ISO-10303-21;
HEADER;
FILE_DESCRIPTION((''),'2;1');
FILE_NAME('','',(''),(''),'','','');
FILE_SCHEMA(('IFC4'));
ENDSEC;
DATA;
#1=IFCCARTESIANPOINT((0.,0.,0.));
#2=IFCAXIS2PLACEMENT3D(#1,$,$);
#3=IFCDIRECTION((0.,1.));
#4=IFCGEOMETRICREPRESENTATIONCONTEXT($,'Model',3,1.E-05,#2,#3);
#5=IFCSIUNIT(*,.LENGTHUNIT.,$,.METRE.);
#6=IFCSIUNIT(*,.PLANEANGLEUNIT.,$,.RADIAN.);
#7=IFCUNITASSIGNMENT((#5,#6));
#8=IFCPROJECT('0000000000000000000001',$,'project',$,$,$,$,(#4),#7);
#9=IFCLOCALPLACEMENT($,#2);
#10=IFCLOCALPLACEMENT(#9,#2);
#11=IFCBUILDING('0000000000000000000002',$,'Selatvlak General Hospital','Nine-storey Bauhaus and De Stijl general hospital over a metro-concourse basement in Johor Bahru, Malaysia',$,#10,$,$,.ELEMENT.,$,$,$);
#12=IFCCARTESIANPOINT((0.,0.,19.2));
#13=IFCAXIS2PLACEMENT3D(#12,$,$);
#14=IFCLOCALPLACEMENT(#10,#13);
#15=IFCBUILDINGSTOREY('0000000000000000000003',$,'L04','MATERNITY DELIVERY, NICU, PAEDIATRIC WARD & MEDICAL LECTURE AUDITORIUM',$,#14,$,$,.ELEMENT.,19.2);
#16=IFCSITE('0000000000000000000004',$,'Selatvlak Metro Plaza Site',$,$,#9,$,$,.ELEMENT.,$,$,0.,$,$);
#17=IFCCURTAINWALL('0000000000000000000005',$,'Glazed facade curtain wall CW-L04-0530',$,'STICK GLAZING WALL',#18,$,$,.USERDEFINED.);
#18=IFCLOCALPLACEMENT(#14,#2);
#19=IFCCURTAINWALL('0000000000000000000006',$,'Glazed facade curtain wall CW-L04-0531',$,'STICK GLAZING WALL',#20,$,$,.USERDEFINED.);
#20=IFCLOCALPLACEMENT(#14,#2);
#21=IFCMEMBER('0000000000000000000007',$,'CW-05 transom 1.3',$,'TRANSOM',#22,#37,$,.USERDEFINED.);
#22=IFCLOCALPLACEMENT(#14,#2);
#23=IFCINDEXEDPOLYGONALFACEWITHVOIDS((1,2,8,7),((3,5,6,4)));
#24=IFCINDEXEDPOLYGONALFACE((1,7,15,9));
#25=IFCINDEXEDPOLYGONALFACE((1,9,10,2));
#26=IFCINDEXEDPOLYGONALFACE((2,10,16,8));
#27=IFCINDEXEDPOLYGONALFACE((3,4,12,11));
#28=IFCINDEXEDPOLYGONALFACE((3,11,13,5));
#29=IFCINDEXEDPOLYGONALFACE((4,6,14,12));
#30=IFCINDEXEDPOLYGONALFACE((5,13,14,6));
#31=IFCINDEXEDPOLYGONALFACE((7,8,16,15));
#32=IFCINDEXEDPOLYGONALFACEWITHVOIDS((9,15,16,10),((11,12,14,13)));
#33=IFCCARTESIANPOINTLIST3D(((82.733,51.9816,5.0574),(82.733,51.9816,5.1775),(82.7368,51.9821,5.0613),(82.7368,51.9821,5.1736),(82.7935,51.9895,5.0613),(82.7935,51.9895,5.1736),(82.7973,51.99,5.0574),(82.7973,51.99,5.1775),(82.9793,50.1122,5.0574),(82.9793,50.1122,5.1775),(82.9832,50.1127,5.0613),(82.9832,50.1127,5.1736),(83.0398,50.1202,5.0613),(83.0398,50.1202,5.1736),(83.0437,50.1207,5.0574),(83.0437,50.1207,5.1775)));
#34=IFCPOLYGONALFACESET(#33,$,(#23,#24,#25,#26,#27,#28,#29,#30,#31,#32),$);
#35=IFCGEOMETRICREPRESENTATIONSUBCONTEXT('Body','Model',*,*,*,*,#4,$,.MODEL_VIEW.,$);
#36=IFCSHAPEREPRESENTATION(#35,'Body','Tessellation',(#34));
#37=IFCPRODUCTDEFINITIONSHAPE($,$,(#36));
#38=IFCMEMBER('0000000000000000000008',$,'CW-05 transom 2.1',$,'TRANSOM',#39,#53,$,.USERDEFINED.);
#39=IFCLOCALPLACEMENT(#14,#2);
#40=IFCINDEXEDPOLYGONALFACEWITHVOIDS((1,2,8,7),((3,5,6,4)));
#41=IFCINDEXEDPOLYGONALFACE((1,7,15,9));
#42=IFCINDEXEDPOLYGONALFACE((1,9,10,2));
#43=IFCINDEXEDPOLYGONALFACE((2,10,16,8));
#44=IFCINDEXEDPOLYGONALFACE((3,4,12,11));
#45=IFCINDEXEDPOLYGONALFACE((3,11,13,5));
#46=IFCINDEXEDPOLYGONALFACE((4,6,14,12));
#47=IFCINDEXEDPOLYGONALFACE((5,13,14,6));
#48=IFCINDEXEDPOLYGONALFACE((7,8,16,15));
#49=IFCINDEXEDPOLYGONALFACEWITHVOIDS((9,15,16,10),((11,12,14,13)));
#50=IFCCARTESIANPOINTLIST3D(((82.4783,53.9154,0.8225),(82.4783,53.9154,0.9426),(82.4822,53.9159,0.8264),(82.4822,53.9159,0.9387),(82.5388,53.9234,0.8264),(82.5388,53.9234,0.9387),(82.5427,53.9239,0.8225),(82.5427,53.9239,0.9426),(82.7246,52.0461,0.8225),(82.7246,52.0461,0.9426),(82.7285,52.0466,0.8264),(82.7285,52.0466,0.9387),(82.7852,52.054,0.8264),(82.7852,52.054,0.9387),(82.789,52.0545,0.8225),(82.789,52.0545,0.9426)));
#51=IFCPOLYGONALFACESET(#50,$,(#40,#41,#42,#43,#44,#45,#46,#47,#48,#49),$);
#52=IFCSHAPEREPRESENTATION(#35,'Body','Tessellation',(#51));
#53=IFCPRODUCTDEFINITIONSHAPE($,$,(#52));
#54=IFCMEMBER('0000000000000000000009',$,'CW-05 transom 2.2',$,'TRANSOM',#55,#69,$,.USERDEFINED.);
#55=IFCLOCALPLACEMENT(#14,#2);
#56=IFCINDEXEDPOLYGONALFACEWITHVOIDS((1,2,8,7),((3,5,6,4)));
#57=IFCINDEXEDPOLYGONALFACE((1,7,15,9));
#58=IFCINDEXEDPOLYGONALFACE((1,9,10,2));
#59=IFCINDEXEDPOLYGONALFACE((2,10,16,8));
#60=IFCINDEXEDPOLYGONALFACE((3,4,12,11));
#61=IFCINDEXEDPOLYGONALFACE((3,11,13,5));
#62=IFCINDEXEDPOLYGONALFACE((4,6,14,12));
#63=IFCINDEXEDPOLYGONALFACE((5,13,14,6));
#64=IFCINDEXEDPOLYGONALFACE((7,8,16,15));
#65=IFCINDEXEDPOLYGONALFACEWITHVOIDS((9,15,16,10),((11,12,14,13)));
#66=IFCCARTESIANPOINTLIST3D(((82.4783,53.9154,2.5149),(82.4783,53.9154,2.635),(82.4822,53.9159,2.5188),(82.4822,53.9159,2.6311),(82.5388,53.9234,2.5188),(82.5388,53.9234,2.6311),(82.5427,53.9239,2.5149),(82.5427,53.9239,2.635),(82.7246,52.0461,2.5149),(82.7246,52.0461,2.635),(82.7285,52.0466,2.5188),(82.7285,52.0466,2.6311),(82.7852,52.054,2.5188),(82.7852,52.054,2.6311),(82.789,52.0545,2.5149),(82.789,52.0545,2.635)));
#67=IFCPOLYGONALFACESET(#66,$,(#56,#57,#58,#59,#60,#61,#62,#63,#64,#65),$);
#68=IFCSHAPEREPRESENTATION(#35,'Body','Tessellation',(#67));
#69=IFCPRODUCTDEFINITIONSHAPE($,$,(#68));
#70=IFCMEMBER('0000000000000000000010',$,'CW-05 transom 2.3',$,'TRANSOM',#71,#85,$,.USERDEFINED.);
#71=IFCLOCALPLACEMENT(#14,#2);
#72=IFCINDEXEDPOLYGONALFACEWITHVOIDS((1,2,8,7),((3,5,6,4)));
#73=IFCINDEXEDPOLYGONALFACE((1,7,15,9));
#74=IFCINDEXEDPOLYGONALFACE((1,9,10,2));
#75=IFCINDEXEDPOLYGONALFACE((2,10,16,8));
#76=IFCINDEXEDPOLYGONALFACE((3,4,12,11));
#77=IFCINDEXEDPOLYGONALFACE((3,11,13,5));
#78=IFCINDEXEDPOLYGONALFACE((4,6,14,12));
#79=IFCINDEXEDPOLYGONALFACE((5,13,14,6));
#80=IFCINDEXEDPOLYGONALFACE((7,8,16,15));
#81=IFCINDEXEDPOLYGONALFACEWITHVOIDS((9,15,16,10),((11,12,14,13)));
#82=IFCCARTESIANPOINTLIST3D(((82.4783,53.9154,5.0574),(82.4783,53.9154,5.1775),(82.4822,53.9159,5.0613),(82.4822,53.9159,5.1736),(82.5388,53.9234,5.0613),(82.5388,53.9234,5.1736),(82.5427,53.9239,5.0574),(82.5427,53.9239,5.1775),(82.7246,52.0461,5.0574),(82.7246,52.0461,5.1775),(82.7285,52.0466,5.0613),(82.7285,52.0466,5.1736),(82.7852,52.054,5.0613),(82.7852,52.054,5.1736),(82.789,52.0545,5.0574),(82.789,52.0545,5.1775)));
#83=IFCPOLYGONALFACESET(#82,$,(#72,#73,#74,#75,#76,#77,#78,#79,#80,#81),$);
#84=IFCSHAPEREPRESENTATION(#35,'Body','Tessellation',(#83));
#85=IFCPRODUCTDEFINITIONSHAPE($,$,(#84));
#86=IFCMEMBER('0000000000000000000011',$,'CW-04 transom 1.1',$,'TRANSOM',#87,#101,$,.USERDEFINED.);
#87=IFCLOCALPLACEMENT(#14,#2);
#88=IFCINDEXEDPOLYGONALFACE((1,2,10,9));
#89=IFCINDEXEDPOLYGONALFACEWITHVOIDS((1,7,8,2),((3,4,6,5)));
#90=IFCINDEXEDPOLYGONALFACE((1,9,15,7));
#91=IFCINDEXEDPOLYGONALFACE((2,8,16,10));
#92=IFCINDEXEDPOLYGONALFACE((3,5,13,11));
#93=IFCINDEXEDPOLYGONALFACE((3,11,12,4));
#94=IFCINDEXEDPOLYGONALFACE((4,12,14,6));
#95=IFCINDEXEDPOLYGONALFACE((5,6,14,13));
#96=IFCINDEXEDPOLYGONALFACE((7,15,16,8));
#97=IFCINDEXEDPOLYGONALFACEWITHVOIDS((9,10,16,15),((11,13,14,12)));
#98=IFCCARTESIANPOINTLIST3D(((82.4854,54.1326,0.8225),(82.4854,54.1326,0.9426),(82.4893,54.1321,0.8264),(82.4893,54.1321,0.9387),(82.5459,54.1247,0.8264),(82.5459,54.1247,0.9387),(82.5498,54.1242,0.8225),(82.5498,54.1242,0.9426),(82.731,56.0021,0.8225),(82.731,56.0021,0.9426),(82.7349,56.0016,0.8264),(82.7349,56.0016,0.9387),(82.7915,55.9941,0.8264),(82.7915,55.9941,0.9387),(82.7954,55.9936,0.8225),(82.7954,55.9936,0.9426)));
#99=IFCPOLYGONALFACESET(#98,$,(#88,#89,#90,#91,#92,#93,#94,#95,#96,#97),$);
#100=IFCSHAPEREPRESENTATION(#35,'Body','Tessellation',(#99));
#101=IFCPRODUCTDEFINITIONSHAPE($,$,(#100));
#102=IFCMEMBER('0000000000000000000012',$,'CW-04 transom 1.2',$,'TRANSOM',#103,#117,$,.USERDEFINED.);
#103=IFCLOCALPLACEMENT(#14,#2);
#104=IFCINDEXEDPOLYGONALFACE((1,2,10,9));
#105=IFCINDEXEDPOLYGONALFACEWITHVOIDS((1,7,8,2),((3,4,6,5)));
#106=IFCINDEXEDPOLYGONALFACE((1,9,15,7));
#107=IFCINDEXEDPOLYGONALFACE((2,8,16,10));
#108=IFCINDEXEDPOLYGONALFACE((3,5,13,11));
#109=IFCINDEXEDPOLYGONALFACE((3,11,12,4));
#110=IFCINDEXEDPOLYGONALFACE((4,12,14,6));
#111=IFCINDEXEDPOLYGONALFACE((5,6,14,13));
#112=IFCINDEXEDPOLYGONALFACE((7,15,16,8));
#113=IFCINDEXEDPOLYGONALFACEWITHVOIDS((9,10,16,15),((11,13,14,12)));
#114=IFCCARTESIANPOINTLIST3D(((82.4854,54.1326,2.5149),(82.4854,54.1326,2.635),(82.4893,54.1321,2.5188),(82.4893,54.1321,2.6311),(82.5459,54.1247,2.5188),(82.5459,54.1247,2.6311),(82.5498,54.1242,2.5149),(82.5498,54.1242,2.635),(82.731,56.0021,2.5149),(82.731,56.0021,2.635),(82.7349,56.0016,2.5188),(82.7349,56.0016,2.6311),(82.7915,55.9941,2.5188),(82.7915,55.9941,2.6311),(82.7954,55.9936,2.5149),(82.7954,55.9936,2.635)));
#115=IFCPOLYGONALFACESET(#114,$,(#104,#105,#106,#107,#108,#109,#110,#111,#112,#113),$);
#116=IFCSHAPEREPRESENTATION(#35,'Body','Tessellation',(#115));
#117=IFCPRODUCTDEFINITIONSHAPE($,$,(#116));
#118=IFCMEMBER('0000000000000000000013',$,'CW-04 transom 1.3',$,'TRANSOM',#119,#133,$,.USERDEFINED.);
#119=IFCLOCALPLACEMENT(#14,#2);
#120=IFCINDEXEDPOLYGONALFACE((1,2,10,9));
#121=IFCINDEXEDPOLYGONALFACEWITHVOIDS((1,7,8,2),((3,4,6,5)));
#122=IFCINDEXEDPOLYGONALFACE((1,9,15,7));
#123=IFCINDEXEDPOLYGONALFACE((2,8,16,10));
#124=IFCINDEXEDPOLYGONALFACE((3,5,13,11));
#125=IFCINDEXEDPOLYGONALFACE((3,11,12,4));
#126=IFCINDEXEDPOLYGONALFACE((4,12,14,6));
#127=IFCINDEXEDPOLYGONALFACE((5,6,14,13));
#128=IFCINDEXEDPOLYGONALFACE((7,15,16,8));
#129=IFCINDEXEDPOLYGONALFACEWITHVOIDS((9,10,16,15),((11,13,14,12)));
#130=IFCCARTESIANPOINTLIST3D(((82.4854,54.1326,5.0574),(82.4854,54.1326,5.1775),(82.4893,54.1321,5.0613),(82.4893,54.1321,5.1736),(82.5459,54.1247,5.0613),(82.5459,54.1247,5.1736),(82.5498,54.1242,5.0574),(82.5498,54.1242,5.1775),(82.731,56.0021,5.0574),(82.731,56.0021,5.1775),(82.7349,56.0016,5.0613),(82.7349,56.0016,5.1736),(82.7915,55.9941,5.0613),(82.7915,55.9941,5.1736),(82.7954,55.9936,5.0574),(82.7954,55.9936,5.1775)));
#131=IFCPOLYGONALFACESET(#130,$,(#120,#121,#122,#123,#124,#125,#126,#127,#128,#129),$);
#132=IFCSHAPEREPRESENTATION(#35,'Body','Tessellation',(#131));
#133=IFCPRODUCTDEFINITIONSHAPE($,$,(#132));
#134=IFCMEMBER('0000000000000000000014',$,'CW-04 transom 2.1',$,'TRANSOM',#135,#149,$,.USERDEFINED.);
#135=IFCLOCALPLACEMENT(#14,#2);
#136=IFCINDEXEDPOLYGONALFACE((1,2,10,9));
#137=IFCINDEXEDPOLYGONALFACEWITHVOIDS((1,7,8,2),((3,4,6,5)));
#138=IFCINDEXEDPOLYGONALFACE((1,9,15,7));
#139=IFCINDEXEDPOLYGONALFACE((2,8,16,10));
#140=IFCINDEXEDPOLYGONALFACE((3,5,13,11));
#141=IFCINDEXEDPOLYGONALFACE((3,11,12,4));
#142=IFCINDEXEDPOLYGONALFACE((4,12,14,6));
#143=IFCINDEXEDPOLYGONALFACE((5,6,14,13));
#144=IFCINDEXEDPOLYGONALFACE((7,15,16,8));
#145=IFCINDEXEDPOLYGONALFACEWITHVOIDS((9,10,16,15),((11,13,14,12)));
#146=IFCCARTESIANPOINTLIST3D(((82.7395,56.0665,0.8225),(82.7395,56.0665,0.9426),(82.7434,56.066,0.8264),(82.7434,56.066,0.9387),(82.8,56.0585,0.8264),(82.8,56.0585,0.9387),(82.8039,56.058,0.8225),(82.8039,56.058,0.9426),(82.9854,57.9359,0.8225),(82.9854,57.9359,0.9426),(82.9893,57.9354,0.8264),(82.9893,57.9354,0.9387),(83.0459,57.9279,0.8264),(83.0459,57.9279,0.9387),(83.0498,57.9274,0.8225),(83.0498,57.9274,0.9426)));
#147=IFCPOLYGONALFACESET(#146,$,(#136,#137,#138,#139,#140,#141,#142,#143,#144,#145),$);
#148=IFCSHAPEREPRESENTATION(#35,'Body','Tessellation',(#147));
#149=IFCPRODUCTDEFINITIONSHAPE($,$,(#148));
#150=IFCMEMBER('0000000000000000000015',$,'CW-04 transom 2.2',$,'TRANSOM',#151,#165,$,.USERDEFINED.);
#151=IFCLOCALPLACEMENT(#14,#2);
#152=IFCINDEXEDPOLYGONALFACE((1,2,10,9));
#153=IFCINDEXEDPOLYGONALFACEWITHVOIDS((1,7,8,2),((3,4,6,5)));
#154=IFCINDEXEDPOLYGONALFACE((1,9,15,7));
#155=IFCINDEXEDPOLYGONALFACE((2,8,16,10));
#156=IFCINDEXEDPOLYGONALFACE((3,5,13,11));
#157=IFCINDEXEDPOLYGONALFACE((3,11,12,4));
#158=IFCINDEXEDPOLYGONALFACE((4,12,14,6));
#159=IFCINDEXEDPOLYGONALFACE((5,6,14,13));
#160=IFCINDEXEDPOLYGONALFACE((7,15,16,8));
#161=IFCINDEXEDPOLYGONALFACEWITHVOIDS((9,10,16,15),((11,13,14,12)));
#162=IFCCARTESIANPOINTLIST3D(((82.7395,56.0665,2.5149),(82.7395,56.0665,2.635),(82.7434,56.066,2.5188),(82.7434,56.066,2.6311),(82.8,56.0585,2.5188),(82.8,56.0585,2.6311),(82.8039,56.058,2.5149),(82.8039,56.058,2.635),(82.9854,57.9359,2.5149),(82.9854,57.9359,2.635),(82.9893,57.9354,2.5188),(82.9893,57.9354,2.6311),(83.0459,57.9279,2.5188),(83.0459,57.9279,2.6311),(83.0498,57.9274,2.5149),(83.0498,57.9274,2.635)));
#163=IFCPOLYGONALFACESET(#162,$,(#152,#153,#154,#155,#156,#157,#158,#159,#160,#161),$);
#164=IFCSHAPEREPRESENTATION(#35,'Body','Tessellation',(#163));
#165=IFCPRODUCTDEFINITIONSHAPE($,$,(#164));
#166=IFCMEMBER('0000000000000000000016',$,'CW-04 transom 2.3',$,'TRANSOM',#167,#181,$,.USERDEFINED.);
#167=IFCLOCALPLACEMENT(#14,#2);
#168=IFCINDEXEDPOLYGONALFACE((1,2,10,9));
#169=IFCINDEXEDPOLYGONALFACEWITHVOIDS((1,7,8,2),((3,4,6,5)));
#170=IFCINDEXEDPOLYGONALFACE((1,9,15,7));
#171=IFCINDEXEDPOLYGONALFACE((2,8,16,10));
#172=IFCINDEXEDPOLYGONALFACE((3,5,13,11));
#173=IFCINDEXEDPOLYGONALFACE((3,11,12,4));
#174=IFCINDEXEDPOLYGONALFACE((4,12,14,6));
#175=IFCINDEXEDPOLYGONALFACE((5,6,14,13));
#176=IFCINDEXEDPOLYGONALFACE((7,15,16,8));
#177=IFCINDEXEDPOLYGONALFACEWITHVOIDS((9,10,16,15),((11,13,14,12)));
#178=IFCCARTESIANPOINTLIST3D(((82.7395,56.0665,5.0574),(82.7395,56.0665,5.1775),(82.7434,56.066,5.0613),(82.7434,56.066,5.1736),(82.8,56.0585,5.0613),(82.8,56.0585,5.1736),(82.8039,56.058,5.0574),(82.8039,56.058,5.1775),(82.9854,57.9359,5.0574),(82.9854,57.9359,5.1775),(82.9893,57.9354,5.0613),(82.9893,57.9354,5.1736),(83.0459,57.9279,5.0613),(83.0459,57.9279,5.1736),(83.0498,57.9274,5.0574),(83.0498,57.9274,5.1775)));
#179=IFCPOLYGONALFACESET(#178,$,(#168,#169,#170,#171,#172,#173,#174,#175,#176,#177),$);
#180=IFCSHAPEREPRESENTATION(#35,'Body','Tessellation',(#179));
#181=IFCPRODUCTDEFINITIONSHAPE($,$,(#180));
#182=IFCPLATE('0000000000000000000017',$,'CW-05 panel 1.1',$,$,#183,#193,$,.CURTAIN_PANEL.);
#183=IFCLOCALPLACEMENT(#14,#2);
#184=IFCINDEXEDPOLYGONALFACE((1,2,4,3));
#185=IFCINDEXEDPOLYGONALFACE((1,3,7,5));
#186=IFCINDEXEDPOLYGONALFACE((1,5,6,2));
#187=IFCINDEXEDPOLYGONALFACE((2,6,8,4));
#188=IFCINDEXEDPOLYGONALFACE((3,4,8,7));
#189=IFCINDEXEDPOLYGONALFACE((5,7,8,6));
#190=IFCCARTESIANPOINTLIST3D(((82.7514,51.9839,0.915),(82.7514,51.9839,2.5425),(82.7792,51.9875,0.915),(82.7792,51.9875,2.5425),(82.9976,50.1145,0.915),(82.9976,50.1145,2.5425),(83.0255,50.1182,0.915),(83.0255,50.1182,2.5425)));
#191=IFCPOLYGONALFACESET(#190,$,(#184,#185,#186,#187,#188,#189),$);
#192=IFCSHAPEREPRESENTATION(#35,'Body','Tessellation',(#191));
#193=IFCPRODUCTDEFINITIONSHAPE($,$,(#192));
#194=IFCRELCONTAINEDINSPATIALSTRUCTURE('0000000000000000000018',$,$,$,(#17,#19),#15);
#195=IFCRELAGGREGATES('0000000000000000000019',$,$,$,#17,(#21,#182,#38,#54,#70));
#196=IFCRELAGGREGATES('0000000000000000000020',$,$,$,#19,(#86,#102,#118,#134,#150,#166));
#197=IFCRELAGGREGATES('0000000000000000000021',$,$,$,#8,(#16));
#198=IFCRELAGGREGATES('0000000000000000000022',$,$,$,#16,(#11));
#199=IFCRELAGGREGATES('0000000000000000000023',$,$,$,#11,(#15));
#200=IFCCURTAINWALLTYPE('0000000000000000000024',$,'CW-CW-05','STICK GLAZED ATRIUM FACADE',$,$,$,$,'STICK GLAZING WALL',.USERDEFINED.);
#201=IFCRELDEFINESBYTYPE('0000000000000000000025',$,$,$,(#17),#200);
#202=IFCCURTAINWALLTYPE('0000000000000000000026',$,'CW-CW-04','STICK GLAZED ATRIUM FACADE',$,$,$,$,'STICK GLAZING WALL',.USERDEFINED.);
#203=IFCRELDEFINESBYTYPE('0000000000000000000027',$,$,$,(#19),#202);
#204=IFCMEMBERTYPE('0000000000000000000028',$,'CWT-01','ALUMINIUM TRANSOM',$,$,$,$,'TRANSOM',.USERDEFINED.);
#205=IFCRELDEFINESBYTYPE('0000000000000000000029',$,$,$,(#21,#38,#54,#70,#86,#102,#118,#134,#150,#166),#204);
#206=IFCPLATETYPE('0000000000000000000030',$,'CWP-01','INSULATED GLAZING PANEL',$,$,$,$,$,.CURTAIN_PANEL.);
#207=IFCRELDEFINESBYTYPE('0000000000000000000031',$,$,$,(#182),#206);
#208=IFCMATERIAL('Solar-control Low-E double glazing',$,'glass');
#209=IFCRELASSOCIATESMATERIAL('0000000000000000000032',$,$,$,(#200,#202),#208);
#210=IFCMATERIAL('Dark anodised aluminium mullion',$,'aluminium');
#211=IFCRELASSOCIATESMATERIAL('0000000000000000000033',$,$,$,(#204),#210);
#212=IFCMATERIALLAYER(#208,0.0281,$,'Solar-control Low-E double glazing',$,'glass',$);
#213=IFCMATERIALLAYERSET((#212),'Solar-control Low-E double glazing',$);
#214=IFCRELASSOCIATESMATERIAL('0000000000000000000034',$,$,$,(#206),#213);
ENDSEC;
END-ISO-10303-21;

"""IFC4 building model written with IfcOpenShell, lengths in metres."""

from ifc_helpers import new_model, si_unit, direction, frame, origin, origin_2d, place, context, subcontext, project, spatial, rectangle, hollow_rectangle, extrude, material, layer, layer_set, material_profile, profile_set, type_object, element, aggregate, save


model = new_model("IFC4")

# Units and contexts
model_context = context("Model", 3, precision=1e-05, world=origin(), true_north=direction((0.0, 1.0)))
body_context = subcontext(model_context, "Body", "Model", "MODEL_VIEW")
ifc_project = project(units=[si_unit("LENGTHUNIT", "METRE"), si_unit("PLANEANGLEUNIT", "RADIAN")], contexts=[model_context])

# Site, building, storey
site_placement = place(None, origin())
site = spatial("IfcSite", under=ifc_project, at=site_placement, Name="Selatvlak Metro Plaza Site", CompositionType="ELEMENT", RefElevation=0.0)
building_placement = place(site_placement, origin())
building = spatial("IfcBuilding", under=site, at=building_placement, Name="Selatvlak General Hospital", Description="Nine-storey Bauhaus and De Stijl general hospital over a metro-concourse basement in Johor Bahru, Malaysia", CompositionType="ELEMENT")
storey_placement = place(building_placement, frame((0.0, 0.0, 19.2)))
storey = spatial("IfcBuildingStorey", under=building, at=storey_placement, Name="L04", Description="MATERNITY DELIVERY, NICU, PAEDIATRIC WARD & MEDICAL LECTURE AUDITORIUM", CompositionType="ELEMENT", Elevation=19.2)

# Curtain walls
ifc_material_1 = material(Name="Solar-control Low-E double glazing", Category="glass")
curtain_wall_type_1 = type_object("IfcCurtainWallType", Name="CW-CW-05", Description="STICK GLAZED ATRIUM FACADE", ElementType="STICK GLAZING WALL", PredefinedType="USERDEFINED", material=ifc_material_1)
curtain_wall_1_placement = place(storey_placement, origin())
curtain_wall_1 = element("IfcCurtainWall", 1, at=curtain_wall_1_placement, inside=storey, type_object=curtain_wall_type_1, Name="Glazed facade curtain wall CW-L04-0530", ObjectType="STICK GLAZING WALL", PredefinedType="USERDEFINED")
ifc_material_2 = material(Name="Dark anodised aluminium mullion", Category="aluminium")
curtain_wall_type_2 = type_object("IfcCurtainWallType", Name="CW-CW-04", Description="STICK GLAZED ATRIUM FACADE", ElementType="STICK GLAZING WALL", PredefinedType="USERDEFINED", material=ifc_material_1)
curtain_wall_2_placement = place(storey_placement, origin())
curtain_wall_2 = element("IfcCurtainWall", 2, at=curtain_wall_2_placement, inside=storey, type_object=curtain_wall_type_2, Name="Glazed facade curtain wall CW-L04-0531", ObjectType="STICK GLAZING WALL", PredefinedType="USERDEFINED")

# Members
ifc_material_profile_1 = material_profile(ifc_material_2, hollow_rectangle(XDim=0.0649, YDim=0.1201, WallThickness=0.0039, at=origin_2d()), Name="AL-TRN 65x120x4")
ifc_profile_set_1 = profile_set([ifc_material_profile_1], Name="Dark anodised aluminium mullion")
member_type_1 = type_object("IfcMemberType", Name="CWT-01", Description="ALUMINIUM TRANSOM", ElementType="TRANSOM", PredefinedType="USERDEFINED", material=ifc_profile_set_1)
member_1_placement = place(storey_placement, frame((83.0115, 50.1165, 5.1174), z_axis=(-0.130645, 0.991429, 0.0), x_axis=(-0.991429, -0.130645, 0.0)))
member_1 = element("IfcMember", 3, at=member_1_placement, type_object=member_type_1, Name="CW-05 transom 1.3", ObjectType="TRANSOM", PredefinedType="USERDEFINED", context=body_context, shape_type="SweptSolid", body=[
    extrude(hollow_rectangle(XDim=0.0649, YDim=0.1201, WallThickness=0.0039, at=origin_2d()), origin(), (0.0, 0.0, 1.0), 1.8855),
])
member_2_placement = place(storey_placement, frame((82.7568, 52.0503, 0.8826), z_axis=(-0.130645, 0.991429, 0.0), x_axis=(-0.991429, -0.130645, 0.0)))
member_2 = element("IfcMember", 4, at=member_2_placement, type_object=member_type_1, Name="CW-05 transom 2.1", ObjectType="TRANSOM", PredefinedType="USERDEFINED", context=body_context, shape_type="SweptSolid", body=[
    extrude(hollow_rectangle(XDim=0.0649, YDim=0.1201, WallThickness=0.0039, at=origin_2d()), origin(), (0.0, 0.0, 1.0), 1.8855),
])
member_3_placement = place(storey_placement, frame((82.7568, 52.0503, 2.575), z_axis=(-0.130645, 0.991429, 0.0), x_axis=(-0.991429, -0.130645, 0.0)))
member_3 = element("IfcMember", 5, at=member_3_placement, type_object=member_type_1, Name="CW-05 transom 2.2", ObjectType="TRANSOM", PredefinedType="USERDEFINED", context=body_context, shape_type="SweptSolid", body=[
    extrude(hollow_rectangle(XDim=0.0649, YDim=0.1201, WallThickness=0.0039, at=origin_2d()), origin(), (0.0, 0.0, 1.0), 1.8855),
])
member_4_placement = place(storey_placement, frame((82.7568, 52.0503, 5.1174), z_axis=(-0.130645, 0.991429, 0.0), x_axis=(-0.991429, -0.130645, 0.0)))
member_4 = element("IfcMember", 6, at=member_4_placement, type_object=member_type_1, Name="CW-05 transom 2.3", ObjectType="TRANSOM", PredefinedType="USERDEFINED", context=body_context, shape_type="SweptSolid", body=[
    extrude(hollow_rectangle(XDim=0.0649, YDim=0.1201, WallThickness=0.0039, at=origin_2d()), origin(), (0.0, 0.0, 1.0), 1.8855),
])
member_5_placement = place(storey_placement, frame((82.5176, 54.1284, 0.8826), z_axis=(0.130264, 0.991479, 0.0), x_axis=(-0.991479, 0.130264, 0.0)))
member_5 = element("IfcMember", 7, at=member_5_placement, type_object=member_type_1, Name="CW-04 transom 1.1", ObjectType="TRANSOM", PredefinedType="USERDEFINED", context=body_context, shape_type="SweptSolid", body=[
    extrude(hollow_rectangle(XDim=0.0649, YDim=0.1201, WallThickness=0.0039, at=origin_2d()), origin(), (0.0, 0.0, 1.0), 1.8855),
])
member_6_placement = place(storey_placement, frame((82.5176, 54.1284, 2.575), z_axis=(0.130264, 0.991479, 0.0), x_axis=(-0.991479, 0.130264, 0.0)))
member_6 = element("IfcMember", 8, at=member_6_placement, type_object=member_type_1, Name="CW-04 transom 1.2", ObjectType="TRANSOM", PredefinedType="USERDEFINED", context=body_context, shape_type="SweptSolid", body=[
    extrude(hollow_rectangle(XDim=0.0649, YDim=0.1201, WallThickness=0.0039, at=origin_2d()), origin(), (0.0, 0.0, 1.0), 1.8855),
])
member_7_placement = place(storey_placement, frame((82.5176, 54.1284, 5.1174), z_axis=(0.130264, 0.991479, 0.0), x_axis=(-0.991479, 0.130264, 0.0)))
member_7 = element("IfcMember", 9, at=member_7_placement, type_object=member_type_1, Name="CW-04 transom 1.3", ObjectType="TRANSOM", PredefinedType="USERDEFINED", context=body_context, shape_type="SweptSolid", body=[
    extrude(hollow_rectangle(XDim=0.0649, YDim=0.1201, WallThickness=0.0039, at=origin_2d()), origin(), (0.0, 0.0, 1.0), 1.8855),
])
member_8_placement = place(storey_placement, frame((82.7717, 56.0623, 0.8826), z_axis=(0.130391, 0.991463, 0.0), x_axis=(-0.991463, 0.130391, 0.0)))
member_8 = element("IfcMember", 10, at=member_8_placement, type_object=member_type_1, Name="CW-04 transom 2.1", ObjectType="TRANSOM", PredefinedType="USERDEFINED", context=body_context, shape_type="SweptSolid", body=[
    extrude(hollow_rectangle(XDim=0.0649, YDim=0.1201, WallThickness=0.0039, at=origin_2d()), origin(), (0.0, 0.0, 1.0), 1.8855),
])
member_9_placement = place(storey_placement, frame((82.7717, 56.0623, 2.575), z_axis=(0.130391, 0.991463, 0.0), x_axis=(-0.991463, 0.130391, 0.0)))
member_9 = element("IfcMember", 11, at=member_9_placement, type_object=member_type_1, Name="CW-04 transom 2.2", ObjectType="TRANSOM", PredefinedType="USERDEFINED", context=body_context, shape_type="SweptSolid", body=[
    extrude(hollow_rectangle(XDim=0.0649, YDim=0.1201, WallThickness=0.0039, at=origin_2d()), origin(), (0.0, 0.0, 1.0), 1.8855),
])
member_10_placement = place(storey_placement, frame((82.7717, 56.0623, 5.1174), z_axis=(0.130391, 0.991463, 0.0), x_axis=(-0.991463, 0.130391, 0.0)))
member_10 = element("IfcMember", 12, at=member_10_placement, type_object=member_type_1, Name="CW-04 transom 2.3", ObjectType="TRANSOM", PredefinedType="USERDEFINED", context=body_context, shape_type="SweptSolid", body=[
    extrude(hollow_rectangle(XDim=0.0649, YDim=0.1201, WallThickness=0.0039, at=origin_2d()), origin(), (0.0, 0.0, 1.0), 1.8855),
])

# Plate
ifc_layer_1 = layer(ifc_material_1, 0.0281, Name="Solar-control Low-E double glazing", Category="glass")
ifc_layer_set_1 = layer_set([ifc_layer_1], Name="Solar-control Low-E double glazing")
plate_type = type_object("IfcPlateType", Name="CWP-01", Description="INSULATED GLAZING PANEL", PredefinedType="CURTAIN_PANEL", material=ifc_layer_set_1)
plate_1_placement = place(storey_placement, frame((82.8884, 51.051, 0.915), z_axis=(0.0, 0.0, 1.0), x_axis=(-0.130611, 0.991434, 0.0)))
plate_1 = element("IfcPlate", 13, at=plate_1_placement, type_object=plate_type, Name="CW-05 panel 1.1", PredefinedType="CURTAIN_PANEL", context=body_context, shape_type="SweptSolid", body=[
    extrude(rectangle(XDim=1.8855, YDim=0.0281, at=origin_2d()), origin(), (0.0, 0.0, 1.0), 1.6274),
])
aggregate(curtain_wall_1, [member_1, plate_1, member_2, member_3, member_4])
aggregate(curtain_wall_2, [member_5, member_6, member_7, member_8, member_9, member_10])

save(model, "model.ifc")
